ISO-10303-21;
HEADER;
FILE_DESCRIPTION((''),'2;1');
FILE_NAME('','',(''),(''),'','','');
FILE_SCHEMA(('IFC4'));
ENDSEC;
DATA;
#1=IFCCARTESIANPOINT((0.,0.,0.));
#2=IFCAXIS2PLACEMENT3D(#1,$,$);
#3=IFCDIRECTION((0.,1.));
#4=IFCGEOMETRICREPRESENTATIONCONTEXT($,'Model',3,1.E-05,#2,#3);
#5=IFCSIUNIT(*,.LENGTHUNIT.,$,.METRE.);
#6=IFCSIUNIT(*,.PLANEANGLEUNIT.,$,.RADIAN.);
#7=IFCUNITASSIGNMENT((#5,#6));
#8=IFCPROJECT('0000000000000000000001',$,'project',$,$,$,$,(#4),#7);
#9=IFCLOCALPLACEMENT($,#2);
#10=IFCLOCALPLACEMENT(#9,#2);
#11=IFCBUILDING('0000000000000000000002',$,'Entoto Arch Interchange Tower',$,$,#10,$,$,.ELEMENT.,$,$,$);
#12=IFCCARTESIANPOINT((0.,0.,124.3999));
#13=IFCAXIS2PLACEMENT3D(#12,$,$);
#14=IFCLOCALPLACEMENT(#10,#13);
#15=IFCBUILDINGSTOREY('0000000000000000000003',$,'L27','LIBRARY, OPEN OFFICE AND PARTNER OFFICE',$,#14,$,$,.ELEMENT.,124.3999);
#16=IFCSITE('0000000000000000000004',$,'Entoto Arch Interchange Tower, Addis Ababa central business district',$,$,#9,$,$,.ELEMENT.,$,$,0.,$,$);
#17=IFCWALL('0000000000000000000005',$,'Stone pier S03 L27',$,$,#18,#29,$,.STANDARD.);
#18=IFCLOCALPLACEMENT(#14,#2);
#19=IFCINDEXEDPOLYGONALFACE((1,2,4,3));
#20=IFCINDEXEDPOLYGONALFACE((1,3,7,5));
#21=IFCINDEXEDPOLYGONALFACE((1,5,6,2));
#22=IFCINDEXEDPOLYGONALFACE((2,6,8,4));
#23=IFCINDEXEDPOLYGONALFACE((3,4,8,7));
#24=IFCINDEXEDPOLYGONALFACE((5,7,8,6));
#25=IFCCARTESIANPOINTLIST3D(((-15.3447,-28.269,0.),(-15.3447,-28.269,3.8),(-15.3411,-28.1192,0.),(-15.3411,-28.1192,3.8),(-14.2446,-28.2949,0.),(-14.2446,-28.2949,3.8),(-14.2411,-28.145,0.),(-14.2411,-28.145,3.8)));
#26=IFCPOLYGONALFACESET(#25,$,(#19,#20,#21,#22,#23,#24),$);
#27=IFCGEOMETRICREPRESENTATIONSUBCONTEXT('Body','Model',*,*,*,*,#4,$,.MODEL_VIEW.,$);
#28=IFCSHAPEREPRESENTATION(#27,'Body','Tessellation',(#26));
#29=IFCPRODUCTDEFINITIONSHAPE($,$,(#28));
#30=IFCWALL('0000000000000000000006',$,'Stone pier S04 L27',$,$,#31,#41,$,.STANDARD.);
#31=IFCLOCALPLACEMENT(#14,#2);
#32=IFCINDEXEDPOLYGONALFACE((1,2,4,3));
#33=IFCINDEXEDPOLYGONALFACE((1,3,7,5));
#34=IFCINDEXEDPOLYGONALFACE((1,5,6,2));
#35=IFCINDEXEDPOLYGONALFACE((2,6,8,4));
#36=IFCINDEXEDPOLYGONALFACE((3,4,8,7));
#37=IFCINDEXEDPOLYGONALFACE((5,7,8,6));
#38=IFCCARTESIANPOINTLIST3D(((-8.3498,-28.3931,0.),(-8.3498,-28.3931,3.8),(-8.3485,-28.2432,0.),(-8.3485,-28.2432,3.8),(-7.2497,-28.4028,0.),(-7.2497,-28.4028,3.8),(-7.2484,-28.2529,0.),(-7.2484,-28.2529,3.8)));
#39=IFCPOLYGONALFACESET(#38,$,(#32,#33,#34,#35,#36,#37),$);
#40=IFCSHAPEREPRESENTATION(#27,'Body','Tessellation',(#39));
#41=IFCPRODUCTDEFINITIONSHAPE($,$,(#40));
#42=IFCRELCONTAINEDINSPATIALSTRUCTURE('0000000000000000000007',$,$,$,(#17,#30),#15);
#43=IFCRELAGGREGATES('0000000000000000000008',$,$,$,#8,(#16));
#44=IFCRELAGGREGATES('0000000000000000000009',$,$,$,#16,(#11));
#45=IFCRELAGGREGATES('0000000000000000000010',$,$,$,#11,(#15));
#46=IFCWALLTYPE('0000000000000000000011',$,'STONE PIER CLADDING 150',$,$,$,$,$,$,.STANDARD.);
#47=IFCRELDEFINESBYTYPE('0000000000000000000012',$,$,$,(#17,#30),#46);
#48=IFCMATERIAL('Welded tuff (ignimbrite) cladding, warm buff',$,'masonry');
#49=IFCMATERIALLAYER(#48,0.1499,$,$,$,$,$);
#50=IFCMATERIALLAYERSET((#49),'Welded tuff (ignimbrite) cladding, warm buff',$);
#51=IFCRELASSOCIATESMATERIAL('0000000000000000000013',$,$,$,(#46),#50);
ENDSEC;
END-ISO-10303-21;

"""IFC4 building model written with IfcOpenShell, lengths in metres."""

from ifc_helpers import new_model, si_unit, direction, frame, frame_2d, origin, place, context, subcontext, project, spatial, rectangle, extrude, material, layer, layer_set, type_object, element, save


model = new_model("IFC4")

# Units and contexts
model_context = context("Model", 3, precision=1e-05, world=origin(), true_north=direction((0.0, 1.0)))
body_context = subcontext(model_context, "Body", "Model", "MODEL_VIEW")
ifc_project = project(units=[si_unit("LENGTHUNIT", "METRE"), si_unit("PLANEANGLEUNIT", "RADIAN")], contexts=[model_context])

# Site, building, storey
site_placement = place(None, origin())
site = spatial("IfcSite", under=ifc_project, at=site_placement, Name="Entoto Arch Interchange Tower, Addis Ababa central business district", CompositionType="ELEMENT", RefElevation=0.0)
building_placement = place(site_placement, origin())
building = spatial("IfcBuilding", under=site, at=building_placement, Name="Entoto Arch Interchange Tower", CompositionType="ELEMENT")
storey_placement = place(building_placement, frame((0.0, 0.0, 124.3999)))
storey = spatial("IfcBuildingStorey", under=building, at=storey_placement, Name="L27", Description="LIBRARY, OPEN OFFICE AND PARTNER OFFICE", CompositionType="ELEMENT", Elevation=124.3999)

# Shared definitions
ifc_material_1 = material(Name="Welded tuff (ignimbrite) cladding, warm buff", Category="masonry")

# Walls
ifc_layer_1 = layer(ifc_material_1, 0.1499)
ifc_layer_set_1 = layer_set([ifc_layer_1], Name="Welded tuff (ignimbrite) cladding, warm buff")
wall_type_1 = type_object("IfcWallType", Name="STONE PIER CLADDING 150", PredefinedType="STANDARD", material=ifc_layer_set_1)
wall_1_placement = place(storey_placement, frame((-15.343, -28.1941, 0.0), z_axis=(0.0, 0.0, 1.0), x_axis=(0.999723, -0.023518, 0.0)))
element("IfcWall", 1, at=wall_1_placement, inside=storey, type_object=wall_type_1, Name="Stone pier S03 L27", PredefinedType="STANDARD", context=body_context, shape_type="SweptSolid", body=[
    extrude(rectangle(XDim=1.1003, YDim=0.1499, at=frame_2d((0.5503, 0.0))), origin(), (0.0, 0.0, 1.0), 3.8),
])
wall_2_placement = place(storey_placement, frame((-8.3491, -28.3181, 0.0), z_axis=(0.0, 0.0, 1.0), x_axis=(0.999961, -0.008877, 0.0)))
element("IfcWall", 2, at=wall_2_placement, inside=storey, type_object=wall_type_1, Name="Stone pier S04 L27", PredefinedType="STANDARD", context=body_context, shape_type="SweptSolid", body=[
    extrude(rectangle(XDim=1.1001, YDim=0.1499, at=frame_2d((0.55, 0.0))), origin(), (0.0, 0.0, 1.0), 3.8),
])

save(model, "model.ifc")
